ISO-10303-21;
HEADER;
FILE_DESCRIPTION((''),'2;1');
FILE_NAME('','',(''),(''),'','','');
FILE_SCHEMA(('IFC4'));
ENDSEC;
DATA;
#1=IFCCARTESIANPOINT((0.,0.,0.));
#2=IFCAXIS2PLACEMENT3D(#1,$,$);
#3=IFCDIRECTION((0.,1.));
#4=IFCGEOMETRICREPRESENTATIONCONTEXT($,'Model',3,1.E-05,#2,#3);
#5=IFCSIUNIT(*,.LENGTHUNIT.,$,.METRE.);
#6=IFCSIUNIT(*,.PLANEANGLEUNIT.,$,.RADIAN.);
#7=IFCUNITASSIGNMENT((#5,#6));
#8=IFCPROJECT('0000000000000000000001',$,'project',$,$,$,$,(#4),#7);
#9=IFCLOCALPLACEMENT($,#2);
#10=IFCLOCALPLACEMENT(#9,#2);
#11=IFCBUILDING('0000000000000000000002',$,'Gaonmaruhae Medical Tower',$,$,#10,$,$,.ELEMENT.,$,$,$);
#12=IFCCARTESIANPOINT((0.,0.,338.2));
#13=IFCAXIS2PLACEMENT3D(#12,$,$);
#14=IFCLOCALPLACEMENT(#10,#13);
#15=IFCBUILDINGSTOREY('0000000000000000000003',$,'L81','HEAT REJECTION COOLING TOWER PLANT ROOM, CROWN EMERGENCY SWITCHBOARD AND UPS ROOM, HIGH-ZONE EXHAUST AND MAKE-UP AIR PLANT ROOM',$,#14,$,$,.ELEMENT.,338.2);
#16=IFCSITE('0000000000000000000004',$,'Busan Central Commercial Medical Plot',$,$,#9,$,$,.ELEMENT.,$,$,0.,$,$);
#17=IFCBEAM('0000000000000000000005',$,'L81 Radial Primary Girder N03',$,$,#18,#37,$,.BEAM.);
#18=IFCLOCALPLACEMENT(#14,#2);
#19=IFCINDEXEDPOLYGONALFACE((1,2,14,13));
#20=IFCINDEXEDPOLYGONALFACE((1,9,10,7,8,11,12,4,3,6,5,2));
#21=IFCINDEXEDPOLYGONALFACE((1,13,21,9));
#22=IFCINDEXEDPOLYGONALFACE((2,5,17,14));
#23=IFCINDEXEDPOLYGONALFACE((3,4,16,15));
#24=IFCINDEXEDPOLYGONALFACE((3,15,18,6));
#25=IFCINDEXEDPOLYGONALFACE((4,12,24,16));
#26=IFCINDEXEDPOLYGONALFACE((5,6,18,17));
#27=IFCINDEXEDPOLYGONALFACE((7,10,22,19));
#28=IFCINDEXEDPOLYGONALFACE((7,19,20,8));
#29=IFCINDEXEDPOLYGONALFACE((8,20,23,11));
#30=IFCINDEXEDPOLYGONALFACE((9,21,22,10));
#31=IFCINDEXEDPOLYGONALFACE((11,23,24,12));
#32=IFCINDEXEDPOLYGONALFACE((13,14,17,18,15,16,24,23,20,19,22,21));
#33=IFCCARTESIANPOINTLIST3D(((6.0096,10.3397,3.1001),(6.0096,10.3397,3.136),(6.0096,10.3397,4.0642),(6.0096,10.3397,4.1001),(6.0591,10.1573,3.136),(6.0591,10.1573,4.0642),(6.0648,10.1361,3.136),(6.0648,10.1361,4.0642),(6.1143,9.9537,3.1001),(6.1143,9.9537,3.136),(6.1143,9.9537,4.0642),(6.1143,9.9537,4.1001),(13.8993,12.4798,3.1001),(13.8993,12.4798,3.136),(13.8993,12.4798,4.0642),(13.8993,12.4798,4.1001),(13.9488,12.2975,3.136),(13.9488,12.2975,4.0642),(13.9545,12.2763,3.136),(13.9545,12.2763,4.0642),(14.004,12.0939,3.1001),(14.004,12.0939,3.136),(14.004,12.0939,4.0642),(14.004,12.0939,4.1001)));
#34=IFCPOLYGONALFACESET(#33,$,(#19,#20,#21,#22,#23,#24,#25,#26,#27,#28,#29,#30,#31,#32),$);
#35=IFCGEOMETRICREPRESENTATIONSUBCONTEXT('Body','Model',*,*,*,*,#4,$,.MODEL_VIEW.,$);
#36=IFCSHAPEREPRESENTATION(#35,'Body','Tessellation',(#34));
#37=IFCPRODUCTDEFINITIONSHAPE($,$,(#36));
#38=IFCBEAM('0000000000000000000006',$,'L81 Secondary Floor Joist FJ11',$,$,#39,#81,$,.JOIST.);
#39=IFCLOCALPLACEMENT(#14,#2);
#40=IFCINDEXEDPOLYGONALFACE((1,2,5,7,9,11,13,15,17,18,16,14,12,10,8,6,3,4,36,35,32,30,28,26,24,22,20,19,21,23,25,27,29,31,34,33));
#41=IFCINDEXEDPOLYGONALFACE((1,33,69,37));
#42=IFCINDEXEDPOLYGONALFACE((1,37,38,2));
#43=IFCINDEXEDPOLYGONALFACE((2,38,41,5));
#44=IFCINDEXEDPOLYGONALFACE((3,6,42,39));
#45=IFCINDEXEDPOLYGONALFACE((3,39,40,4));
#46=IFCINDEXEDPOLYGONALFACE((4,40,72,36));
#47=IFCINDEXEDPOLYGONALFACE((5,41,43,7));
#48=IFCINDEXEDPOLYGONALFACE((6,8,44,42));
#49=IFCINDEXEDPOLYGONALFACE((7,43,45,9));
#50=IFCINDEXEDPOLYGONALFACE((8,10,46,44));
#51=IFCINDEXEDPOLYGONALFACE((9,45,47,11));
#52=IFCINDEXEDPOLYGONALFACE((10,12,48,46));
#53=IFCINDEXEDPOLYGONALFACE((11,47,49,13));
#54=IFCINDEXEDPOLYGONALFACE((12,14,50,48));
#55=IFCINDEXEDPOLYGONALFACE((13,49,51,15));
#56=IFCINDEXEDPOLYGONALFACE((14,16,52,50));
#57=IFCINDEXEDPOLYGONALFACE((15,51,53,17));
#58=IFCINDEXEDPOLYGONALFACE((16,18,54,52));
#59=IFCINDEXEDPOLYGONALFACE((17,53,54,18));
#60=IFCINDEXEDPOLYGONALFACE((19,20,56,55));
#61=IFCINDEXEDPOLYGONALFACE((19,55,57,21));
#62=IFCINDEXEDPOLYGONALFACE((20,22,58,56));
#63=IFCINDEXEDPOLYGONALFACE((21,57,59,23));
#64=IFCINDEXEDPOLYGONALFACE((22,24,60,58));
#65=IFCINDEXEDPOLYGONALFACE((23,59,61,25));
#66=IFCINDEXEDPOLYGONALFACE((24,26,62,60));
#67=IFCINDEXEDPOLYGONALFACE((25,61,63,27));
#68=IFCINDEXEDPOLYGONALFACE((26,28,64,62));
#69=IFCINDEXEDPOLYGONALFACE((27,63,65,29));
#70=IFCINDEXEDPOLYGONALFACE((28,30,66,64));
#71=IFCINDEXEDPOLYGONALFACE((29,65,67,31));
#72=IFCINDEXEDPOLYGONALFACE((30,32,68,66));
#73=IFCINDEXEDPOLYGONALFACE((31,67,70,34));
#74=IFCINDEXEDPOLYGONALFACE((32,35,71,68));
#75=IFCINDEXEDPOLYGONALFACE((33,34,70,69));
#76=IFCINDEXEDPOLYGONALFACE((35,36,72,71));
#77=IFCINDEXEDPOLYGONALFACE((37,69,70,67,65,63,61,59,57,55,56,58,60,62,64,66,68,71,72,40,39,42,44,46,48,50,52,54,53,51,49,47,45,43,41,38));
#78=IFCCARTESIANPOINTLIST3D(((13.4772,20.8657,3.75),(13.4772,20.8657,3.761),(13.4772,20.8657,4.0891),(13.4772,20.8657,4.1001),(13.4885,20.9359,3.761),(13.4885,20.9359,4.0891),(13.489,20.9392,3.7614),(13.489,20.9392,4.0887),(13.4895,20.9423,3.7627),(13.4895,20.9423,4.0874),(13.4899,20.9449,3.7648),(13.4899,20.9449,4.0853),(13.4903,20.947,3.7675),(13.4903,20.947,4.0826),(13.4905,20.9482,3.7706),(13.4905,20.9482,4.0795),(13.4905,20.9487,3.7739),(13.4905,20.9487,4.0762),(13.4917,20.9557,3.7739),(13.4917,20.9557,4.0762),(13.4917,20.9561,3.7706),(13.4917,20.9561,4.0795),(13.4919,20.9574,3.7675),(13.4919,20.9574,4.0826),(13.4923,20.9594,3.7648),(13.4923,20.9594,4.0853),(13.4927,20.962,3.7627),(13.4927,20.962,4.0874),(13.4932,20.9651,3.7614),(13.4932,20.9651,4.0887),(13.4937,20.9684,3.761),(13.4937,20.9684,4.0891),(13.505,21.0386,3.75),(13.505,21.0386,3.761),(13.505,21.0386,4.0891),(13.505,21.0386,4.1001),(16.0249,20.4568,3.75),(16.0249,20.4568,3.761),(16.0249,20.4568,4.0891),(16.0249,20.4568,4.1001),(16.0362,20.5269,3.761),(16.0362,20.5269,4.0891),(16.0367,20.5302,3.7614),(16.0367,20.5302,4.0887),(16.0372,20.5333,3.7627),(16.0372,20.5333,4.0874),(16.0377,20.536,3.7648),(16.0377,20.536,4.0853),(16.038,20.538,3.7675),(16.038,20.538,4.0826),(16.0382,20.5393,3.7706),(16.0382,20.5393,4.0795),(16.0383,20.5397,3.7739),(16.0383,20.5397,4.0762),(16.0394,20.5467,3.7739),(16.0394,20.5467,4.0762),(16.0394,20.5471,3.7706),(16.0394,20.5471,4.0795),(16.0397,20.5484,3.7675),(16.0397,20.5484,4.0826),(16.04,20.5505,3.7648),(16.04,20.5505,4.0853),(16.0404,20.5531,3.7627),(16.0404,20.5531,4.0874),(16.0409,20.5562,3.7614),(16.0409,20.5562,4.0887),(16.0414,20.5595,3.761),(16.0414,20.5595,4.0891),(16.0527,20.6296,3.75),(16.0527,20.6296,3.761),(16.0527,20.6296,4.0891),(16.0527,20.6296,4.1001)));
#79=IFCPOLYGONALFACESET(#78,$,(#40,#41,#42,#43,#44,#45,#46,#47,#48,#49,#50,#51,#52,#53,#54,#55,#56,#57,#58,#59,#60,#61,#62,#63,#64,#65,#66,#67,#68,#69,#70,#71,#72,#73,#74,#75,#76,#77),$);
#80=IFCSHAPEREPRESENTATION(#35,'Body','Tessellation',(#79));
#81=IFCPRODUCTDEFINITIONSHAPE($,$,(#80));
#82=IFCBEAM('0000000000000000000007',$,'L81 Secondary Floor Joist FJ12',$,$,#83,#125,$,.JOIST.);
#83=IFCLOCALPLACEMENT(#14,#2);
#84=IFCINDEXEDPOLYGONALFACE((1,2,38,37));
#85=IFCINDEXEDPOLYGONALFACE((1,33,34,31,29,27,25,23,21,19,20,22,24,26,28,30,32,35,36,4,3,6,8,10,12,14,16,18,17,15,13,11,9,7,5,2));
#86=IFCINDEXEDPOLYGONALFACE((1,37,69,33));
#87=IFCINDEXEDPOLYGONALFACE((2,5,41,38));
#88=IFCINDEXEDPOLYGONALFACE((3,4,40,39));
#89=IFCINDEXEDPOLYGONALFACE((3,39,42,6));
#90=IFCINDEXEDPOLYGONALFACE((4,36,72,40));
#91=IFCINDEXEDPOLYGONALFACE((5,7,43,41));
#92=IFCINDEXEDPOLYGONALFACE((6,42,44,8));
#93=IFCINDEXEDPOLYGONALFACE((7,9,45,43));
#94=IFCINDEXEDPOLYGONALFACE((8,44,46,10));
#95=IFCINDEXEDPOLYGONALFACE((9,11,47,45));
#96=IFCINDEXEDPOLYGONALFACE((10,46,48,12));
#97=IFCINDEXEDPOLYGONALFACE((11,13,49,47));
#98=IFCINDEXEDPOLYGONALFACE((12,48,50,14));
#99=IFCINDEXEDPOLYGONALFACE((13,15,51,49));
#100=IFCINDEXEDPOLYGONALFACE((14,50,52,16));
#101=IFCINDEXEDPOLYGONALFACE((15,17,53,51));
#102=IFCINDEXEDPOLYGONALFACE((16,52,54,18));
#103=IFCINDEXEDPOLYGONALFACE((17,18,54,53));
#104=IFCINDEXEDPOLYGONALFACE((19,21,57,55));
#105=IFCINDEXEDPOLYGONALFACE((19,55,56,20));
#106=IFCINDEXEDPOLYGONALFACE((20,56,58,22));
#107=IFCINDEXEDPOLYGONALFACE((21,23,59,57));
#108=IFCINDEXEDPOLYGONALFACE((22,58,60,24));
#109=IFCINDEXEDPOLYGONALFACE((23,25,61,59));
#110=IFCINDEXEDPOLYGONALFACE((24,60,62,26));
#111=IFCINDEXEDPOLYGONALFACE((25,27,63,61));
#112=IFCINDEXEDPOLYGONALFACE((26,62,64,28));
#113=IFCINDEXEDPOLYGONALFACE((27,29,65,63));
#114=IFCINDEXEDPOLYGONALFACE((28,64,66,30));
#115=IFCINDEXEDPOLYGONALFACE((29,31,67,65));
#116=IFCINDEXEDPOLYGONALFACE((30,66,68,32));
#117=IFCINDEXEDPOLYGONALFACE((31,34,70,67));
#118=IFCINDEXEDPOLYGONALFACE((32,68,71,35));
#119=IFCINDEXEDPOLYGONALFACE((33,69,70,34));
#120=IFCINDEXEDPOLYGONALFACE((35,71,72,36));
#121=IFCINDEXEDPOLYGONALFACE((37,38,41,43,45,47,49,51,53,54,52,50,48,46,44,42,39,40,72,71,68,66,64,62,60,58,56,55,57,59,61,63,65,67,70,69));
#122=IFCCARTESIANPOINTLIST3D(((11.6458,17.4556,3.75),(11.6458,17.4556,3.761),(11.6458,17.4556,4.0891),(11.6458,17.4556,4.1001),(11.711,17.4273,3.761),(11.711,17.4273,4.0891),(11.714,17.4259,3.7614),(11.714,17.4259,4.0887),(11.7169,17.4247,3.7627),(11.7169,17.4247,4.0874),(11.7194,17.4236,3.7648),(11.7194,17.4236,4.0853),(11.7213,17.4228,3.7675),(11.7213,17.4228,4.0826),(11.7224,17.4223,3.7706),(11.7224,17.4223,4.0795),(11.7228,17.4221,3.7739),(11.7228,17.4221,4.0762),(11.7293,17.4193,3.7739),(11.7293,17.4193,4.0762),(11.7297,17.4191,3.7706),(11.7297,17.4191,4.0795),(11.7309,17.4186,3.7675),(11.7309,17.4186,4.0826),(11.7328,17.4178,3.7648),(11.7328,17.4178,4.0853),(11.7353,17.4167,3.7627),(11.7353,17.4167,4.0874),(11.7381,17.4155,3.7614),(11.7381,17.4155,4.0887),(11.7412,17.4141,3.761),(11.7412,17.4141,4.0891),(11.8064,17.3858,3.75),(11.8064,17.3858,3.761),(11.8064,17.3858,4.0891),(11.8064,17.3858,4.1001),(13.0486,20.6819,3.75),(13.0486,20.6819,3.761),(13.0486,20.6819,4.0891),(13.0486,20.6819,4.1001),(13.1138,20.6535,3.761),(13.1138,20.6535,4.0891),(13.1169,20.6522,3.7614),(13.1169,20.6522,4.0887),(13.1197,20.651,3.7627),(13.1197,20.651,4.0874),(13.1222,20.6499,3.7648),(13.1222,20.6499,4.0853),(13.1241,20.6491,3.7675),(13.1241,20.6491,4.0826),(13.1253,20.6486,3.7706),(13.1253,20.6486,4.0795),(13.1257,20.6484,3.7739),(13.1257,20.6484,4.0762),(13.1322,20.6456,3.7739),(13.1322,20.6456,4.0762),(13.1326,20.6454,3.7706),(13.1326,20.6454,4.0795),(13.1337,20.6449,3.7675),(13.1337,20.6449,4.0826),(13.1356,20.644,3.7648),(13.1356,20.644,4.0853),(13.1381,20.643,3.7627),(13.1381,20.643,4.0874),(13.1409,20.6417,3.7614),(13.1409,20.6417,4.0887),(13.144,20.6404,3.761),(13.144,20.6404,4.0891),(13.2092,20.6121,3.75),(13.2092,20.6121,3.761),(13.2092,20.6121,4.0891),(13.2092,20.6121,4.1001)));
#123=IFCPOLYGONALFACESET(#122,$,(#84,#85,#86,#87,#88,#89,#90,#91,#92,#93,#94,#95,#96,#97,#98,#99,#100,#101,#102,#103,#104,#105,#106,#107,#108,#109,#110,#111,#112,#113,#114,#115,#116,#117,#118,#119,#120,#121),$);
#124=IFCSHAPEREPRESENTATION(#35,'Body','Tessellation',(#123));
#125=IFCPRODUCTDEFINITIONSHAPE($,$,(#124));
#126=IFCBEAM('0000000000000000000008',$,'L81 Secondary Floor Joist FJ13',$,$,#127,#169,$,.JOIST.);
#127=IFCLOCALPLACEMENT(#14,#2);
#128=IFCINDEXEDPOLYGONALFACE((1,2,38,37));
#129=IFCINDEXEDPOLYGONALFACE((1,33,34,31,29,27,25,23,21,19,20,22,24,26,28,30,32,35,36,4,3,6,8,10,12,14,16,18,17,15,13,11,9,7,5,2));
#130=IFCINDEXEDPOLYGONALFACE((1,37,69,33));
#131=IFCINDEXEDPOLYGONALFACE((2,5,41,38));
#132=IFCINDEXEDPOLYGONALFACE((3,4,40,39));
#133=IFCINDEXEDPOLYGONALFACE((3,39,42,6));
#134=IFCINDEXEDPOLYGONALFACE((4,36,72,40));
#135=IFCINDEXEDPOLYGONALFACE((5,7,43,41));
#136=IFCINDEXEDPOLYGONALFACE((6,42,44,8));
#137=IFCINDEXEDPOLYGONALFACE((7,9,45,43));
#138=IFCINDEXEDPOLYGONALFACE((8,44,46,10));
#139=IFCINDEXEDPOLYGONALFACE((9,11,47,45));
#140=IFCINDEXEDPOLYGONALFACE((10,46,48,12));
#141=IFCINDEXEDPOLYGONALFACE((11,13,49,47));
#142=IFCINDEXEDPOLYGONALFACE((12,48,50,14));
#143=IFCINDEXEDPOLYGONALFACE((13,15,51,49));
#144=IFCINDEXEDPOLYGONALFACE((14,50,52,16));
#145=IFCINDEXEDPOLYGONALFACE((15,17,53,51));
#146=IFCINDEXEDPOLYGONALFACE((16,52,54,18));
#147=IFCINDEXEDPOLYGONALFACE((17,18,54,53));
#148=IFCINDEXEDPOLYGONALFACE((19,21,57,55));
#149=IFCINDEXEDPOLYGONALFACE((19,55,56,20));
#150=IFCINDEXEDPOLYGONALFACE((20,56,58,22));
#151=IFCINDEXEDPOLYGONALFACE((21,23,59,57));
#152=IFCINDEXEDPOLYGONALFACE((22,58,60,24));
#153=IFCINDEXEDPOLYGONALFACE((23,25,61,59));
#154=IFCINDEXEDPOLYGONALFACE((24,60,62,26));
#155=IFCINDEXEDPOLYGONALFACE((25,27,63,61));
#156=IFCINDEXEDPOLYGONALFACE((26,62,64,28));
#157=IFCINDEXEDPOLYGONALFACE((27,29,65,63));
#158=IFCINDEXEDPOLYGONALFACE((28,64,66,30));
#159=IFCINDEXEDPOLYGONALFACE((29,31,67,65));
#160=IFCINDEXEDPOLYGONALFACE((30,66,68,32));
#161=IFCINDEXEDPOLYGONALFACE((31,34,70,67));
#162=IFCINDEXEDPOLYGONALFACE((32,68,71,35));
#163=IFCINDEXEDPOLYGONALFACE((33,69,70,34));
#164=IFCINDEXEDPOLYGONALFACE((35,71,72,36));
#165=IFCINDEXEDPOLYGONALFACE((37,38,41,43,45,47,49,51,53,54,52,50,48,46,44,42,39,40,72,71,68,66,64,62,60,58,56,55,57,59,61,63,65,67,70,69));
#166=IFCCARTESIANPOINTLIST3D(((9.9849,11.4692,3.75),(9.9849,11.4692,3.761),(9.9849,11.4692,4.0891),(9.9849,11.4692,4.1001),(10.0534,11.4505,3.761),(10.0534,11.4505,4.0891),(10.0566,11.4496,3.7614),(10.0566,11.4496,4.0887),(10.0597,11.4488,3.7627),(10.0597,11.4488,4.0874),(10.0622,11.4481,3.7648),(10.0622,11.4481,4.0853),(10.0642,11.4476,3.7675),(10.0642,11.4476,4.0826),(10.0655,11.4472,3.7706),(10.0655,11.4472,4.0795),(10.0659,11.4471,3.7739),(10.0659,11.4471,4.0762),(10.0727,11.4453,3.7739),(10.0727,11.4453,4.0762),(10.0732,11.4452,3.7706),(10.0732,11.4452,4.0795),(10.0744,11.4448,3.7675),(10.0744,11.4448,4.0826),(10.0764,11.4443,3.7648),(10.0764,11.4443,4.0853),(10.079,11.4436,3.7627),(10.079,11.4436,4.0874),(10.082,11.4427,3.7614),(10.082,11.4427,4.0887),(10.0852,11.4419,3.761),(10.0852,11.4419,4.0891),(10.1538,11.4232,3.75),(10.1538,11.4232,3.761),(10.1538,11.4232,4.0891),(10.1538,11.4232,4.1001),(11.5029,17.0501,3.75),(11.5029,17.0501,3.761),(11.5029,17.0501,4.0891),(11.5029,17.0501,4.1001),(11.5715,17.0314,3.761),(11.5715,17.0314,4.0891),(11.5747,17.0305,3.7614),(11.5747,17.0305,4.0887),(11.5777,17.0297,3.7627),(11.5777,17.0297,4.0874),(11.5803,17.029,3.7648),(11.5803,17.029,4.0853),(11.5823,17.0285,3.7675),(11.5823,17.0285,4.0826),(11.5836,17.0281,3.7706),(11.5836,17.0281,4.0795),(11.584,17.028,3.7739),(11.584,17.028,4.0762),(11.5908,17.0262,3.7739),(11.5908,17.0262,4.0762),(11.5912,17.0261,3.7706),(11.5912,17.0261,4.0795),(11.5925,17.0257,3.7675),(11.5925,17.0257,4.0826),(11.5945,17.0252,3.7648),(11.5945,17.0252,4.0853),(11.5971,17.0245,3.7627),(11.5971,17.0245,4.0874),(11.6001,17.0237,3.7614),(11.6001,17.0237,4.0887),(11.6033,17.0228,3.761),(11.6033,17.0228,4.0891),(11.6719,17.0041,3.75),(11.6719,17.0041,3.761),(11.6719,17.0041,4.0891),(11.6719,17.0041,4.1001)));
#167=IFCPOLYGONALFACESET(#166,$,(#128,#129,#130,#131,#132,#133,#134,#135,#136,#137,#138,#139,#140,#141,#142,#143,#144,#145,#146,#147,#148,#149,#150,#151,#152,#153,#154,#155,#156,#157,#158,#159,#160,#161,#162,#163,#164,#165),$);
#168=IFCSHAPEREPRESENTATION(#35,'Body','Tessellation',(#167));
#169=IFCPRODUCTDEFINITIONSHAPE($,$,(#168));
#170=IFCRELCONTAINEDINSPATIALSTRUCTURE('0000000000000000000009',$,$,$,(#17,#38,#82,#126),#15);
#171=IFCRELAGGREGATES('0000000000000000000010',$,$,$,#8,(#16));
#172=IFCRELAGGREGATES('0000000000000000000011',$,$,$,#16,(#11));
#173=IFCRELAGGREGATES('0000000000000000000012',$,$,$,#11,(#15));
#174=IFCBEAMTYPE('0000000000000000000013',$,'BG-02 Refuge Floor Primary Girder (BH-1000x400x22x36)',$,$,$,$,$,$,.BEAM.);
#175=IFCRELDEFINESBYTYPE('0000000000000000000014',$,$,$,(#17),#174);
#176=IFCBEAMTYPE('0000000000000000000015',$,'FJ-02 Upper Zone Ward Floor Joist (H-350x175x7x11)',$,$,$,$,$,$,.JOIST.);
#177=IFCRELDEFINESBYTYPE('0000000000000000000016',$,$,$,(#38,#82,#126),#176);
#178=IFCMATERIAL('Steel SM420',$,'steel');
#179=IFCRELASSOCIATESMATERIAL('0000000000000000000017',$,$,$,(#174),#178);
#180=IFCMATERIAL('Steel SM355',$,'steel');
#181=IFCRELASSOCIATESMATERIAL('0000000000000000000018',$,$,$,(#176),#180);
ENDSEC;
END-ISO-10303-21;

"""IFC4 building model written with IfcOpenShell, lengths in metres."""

from ifc_helpers import new_model, si_unit, direction, frame, origin, origin_2d, place, context, subcontext, project, spatial, i_section, extrude, material, material_profile, profile_set, type_object, element, save


model = new_model("IFC4")

# Units and contexts
model_context = context("Model", 3, precision=1e-05, world=origin(), true_north=direction((0.0, 1.0)))
body_context = subcontext(model_context, "Body", "Model", "MODEL_VIEW")
ifc_project = project(units=[si_unit("LENGTHUNIT", "METRE"), si_unit("PLANEANGLEUNIT", "RADIAN")], contexts=[model_context])

# Site, building, storey
site_placement = place(None, origin())
site = spatial("IfcSite", under=ifc_project, at=site_placement, Name="Busan Central Commercial Medical Plot", CompositionType="ELEMENT", RefElevation=0.0)
building_placement = place(site_placement, origin())
building = spatial("IfcBuilding", under=site, at=building_placement, Name="Gaonmaruhae Medical Tower", CompositionType="ELEMENT")
storey_placement = place(building_placement, frame((0.0, 0.0, 338.2)))
storey = spatial("IfcBuildingStorey", under=building, at=storey_placement, Name="L81", Description="HEAT REJECTION COOLING TOWER PLANT ROOM, CROWN EMERGENCY SWITCHBOARD AND UPS ROOM, HIGH-ZONE EXHAUST AND MAKE-UP AIR PLANT ROOM", CompositionType="ELEMENT", Elevation=338.2)

# Shared definitions
ifc_material_1 = material(Name="Steel SM420", Category="steel")

# Beams
ifc_material_profile_1 = material_profile(ifc_material_1, i_section(OverallWidth=0.3999, OverallDepth=1.0, WebThickness=0.022, FlangeThickness=0.0359, at=origin_2d()), Name="BH-1000x400x22x36")
ifc_profile_set_1 = profile_set([ifc_material_profile_1], Name="Steel SM420")
beam_type_1 = type_object("IfcBeamType", Name="BG-02 Refuge Floor Primary Girder (BH-1000x400x22x36)", PredefinedType="BEAM", material=ifc_profile_set_1)
beam_1_placement = place(storey_placement, frame((13.9517, 12.2869, 3.6001), z_axis=(-0.965123, -0.261798, 0.0), x_axis=(0.261798, -0.965123, 0.0)))
element("IfcBeam", 1, at=beam_1_placement, inside=storey, type_object=beam_type_1, Name="L81 Radial Primary Girder N03", PredefinedType="BEAM", context=body_context, shape_type="SweptSolid", body=[
    extrude(i_section(OverallWidth=0.3999, OverallDepth=1.0, WebThickness=0.022, FlangeThickness=0.0359, at=origin_2d()), origin(), (0.0, 0.0, 1.0), 8.1748),
])
ifc_material_2 = material(Name="Steel SM355", Category="steel")
ifc_material_profile_2 = material_profile(ifc_material_2, i_section(OverallWidth=0.175, OverallDepth=0.3501, WebThickness=0.0071, FlangeThickness=0.011, FilletRadius=0.0129, at=origin_2d()), Name="H-350x175x7x11")
ifc_profile_set_2 = profile_set([ifc_material_profile_2], Name="Steel SM355")
beam_type_2 = type_object("IfcBeamType", Name="FJ-02 Upper Zone Ward Floor Joist (H-350x175x7x11)", PredefinedType="JOIST", material=ifc_profile_set_2)
beam_2_placement = place(storey_placement, frame((16.0388, 20.5432, 3.925), z_axis=(-0.987361, 0.158489, 0.0), x_axis=(-0.158489, -0.987361, 0.0)))
element("IfcBeam", 2, at=beam_2_placement, inside=storey, type_object=beam_type_2, Name="L81 Secondary Floor Joist FJ11", PredefinedType="JOIST", context=body_context, shape_type="SweptSolid", body=[
    extrude(i_section(OverallWidth=0.175, OverallDepth=0.3501, WebThickness=0.0071, FlangeThickness=0.011, FilletRadius=0.0129, at=origin_2d()), origin(), (0.0, 0.0, 1.0), 2.5803),
])
beam_3_placement = place(storey_placement, frame((13.1289, 20.647, 3.925), z_axis=(-0.398746, -0.917061, 0.0), x_axis=(0.917061, -0.398746, 0.0)))
element("IfcBeam", 3, at=beam_3_placement, inside=storey, type_object=beam_type_2, Name="L81 Secondary Floor Joist FJ12", PredefinedType="JOIST", context=body_context, shape_type="SweptSolid", body=[
    extrude(i_section(OverallWidth=0.175, OverallDepth=0.3501, WebThickness=0.0071, FlangeThickness=0.011, FilletRadius=0.0129, at=origin_2d()), origin(), (0.0, 0.0, 1.0), 3.5181),
])
beam_4_placement = place(storey_placement, frame((11.5874, 17.0271, 3.925), z_axis=(-0.262478, -0.964938, 0.0), x_axis=(0.964938, -0.262478, 0.0)))
element("IfcBeam", 4, at=beam_4_placement, inside=storey, type_object=beam_type_2, Name="L81 Secondary Floor Joist FJ13", PredefinedType="JOIST", context=body_context, shape_type="SweptSolid", body=[
    extrude(i_section(OverallWidth=0.175, OverallDepth=0.3501, WebThickness=0.0071, FlangeThickness=0.011, FilletRadius=0.0129, at=origin_2d()), origin(), (0.0, 0.0, 1.0), 5.7837),
])

save(model, "model.ifc")
